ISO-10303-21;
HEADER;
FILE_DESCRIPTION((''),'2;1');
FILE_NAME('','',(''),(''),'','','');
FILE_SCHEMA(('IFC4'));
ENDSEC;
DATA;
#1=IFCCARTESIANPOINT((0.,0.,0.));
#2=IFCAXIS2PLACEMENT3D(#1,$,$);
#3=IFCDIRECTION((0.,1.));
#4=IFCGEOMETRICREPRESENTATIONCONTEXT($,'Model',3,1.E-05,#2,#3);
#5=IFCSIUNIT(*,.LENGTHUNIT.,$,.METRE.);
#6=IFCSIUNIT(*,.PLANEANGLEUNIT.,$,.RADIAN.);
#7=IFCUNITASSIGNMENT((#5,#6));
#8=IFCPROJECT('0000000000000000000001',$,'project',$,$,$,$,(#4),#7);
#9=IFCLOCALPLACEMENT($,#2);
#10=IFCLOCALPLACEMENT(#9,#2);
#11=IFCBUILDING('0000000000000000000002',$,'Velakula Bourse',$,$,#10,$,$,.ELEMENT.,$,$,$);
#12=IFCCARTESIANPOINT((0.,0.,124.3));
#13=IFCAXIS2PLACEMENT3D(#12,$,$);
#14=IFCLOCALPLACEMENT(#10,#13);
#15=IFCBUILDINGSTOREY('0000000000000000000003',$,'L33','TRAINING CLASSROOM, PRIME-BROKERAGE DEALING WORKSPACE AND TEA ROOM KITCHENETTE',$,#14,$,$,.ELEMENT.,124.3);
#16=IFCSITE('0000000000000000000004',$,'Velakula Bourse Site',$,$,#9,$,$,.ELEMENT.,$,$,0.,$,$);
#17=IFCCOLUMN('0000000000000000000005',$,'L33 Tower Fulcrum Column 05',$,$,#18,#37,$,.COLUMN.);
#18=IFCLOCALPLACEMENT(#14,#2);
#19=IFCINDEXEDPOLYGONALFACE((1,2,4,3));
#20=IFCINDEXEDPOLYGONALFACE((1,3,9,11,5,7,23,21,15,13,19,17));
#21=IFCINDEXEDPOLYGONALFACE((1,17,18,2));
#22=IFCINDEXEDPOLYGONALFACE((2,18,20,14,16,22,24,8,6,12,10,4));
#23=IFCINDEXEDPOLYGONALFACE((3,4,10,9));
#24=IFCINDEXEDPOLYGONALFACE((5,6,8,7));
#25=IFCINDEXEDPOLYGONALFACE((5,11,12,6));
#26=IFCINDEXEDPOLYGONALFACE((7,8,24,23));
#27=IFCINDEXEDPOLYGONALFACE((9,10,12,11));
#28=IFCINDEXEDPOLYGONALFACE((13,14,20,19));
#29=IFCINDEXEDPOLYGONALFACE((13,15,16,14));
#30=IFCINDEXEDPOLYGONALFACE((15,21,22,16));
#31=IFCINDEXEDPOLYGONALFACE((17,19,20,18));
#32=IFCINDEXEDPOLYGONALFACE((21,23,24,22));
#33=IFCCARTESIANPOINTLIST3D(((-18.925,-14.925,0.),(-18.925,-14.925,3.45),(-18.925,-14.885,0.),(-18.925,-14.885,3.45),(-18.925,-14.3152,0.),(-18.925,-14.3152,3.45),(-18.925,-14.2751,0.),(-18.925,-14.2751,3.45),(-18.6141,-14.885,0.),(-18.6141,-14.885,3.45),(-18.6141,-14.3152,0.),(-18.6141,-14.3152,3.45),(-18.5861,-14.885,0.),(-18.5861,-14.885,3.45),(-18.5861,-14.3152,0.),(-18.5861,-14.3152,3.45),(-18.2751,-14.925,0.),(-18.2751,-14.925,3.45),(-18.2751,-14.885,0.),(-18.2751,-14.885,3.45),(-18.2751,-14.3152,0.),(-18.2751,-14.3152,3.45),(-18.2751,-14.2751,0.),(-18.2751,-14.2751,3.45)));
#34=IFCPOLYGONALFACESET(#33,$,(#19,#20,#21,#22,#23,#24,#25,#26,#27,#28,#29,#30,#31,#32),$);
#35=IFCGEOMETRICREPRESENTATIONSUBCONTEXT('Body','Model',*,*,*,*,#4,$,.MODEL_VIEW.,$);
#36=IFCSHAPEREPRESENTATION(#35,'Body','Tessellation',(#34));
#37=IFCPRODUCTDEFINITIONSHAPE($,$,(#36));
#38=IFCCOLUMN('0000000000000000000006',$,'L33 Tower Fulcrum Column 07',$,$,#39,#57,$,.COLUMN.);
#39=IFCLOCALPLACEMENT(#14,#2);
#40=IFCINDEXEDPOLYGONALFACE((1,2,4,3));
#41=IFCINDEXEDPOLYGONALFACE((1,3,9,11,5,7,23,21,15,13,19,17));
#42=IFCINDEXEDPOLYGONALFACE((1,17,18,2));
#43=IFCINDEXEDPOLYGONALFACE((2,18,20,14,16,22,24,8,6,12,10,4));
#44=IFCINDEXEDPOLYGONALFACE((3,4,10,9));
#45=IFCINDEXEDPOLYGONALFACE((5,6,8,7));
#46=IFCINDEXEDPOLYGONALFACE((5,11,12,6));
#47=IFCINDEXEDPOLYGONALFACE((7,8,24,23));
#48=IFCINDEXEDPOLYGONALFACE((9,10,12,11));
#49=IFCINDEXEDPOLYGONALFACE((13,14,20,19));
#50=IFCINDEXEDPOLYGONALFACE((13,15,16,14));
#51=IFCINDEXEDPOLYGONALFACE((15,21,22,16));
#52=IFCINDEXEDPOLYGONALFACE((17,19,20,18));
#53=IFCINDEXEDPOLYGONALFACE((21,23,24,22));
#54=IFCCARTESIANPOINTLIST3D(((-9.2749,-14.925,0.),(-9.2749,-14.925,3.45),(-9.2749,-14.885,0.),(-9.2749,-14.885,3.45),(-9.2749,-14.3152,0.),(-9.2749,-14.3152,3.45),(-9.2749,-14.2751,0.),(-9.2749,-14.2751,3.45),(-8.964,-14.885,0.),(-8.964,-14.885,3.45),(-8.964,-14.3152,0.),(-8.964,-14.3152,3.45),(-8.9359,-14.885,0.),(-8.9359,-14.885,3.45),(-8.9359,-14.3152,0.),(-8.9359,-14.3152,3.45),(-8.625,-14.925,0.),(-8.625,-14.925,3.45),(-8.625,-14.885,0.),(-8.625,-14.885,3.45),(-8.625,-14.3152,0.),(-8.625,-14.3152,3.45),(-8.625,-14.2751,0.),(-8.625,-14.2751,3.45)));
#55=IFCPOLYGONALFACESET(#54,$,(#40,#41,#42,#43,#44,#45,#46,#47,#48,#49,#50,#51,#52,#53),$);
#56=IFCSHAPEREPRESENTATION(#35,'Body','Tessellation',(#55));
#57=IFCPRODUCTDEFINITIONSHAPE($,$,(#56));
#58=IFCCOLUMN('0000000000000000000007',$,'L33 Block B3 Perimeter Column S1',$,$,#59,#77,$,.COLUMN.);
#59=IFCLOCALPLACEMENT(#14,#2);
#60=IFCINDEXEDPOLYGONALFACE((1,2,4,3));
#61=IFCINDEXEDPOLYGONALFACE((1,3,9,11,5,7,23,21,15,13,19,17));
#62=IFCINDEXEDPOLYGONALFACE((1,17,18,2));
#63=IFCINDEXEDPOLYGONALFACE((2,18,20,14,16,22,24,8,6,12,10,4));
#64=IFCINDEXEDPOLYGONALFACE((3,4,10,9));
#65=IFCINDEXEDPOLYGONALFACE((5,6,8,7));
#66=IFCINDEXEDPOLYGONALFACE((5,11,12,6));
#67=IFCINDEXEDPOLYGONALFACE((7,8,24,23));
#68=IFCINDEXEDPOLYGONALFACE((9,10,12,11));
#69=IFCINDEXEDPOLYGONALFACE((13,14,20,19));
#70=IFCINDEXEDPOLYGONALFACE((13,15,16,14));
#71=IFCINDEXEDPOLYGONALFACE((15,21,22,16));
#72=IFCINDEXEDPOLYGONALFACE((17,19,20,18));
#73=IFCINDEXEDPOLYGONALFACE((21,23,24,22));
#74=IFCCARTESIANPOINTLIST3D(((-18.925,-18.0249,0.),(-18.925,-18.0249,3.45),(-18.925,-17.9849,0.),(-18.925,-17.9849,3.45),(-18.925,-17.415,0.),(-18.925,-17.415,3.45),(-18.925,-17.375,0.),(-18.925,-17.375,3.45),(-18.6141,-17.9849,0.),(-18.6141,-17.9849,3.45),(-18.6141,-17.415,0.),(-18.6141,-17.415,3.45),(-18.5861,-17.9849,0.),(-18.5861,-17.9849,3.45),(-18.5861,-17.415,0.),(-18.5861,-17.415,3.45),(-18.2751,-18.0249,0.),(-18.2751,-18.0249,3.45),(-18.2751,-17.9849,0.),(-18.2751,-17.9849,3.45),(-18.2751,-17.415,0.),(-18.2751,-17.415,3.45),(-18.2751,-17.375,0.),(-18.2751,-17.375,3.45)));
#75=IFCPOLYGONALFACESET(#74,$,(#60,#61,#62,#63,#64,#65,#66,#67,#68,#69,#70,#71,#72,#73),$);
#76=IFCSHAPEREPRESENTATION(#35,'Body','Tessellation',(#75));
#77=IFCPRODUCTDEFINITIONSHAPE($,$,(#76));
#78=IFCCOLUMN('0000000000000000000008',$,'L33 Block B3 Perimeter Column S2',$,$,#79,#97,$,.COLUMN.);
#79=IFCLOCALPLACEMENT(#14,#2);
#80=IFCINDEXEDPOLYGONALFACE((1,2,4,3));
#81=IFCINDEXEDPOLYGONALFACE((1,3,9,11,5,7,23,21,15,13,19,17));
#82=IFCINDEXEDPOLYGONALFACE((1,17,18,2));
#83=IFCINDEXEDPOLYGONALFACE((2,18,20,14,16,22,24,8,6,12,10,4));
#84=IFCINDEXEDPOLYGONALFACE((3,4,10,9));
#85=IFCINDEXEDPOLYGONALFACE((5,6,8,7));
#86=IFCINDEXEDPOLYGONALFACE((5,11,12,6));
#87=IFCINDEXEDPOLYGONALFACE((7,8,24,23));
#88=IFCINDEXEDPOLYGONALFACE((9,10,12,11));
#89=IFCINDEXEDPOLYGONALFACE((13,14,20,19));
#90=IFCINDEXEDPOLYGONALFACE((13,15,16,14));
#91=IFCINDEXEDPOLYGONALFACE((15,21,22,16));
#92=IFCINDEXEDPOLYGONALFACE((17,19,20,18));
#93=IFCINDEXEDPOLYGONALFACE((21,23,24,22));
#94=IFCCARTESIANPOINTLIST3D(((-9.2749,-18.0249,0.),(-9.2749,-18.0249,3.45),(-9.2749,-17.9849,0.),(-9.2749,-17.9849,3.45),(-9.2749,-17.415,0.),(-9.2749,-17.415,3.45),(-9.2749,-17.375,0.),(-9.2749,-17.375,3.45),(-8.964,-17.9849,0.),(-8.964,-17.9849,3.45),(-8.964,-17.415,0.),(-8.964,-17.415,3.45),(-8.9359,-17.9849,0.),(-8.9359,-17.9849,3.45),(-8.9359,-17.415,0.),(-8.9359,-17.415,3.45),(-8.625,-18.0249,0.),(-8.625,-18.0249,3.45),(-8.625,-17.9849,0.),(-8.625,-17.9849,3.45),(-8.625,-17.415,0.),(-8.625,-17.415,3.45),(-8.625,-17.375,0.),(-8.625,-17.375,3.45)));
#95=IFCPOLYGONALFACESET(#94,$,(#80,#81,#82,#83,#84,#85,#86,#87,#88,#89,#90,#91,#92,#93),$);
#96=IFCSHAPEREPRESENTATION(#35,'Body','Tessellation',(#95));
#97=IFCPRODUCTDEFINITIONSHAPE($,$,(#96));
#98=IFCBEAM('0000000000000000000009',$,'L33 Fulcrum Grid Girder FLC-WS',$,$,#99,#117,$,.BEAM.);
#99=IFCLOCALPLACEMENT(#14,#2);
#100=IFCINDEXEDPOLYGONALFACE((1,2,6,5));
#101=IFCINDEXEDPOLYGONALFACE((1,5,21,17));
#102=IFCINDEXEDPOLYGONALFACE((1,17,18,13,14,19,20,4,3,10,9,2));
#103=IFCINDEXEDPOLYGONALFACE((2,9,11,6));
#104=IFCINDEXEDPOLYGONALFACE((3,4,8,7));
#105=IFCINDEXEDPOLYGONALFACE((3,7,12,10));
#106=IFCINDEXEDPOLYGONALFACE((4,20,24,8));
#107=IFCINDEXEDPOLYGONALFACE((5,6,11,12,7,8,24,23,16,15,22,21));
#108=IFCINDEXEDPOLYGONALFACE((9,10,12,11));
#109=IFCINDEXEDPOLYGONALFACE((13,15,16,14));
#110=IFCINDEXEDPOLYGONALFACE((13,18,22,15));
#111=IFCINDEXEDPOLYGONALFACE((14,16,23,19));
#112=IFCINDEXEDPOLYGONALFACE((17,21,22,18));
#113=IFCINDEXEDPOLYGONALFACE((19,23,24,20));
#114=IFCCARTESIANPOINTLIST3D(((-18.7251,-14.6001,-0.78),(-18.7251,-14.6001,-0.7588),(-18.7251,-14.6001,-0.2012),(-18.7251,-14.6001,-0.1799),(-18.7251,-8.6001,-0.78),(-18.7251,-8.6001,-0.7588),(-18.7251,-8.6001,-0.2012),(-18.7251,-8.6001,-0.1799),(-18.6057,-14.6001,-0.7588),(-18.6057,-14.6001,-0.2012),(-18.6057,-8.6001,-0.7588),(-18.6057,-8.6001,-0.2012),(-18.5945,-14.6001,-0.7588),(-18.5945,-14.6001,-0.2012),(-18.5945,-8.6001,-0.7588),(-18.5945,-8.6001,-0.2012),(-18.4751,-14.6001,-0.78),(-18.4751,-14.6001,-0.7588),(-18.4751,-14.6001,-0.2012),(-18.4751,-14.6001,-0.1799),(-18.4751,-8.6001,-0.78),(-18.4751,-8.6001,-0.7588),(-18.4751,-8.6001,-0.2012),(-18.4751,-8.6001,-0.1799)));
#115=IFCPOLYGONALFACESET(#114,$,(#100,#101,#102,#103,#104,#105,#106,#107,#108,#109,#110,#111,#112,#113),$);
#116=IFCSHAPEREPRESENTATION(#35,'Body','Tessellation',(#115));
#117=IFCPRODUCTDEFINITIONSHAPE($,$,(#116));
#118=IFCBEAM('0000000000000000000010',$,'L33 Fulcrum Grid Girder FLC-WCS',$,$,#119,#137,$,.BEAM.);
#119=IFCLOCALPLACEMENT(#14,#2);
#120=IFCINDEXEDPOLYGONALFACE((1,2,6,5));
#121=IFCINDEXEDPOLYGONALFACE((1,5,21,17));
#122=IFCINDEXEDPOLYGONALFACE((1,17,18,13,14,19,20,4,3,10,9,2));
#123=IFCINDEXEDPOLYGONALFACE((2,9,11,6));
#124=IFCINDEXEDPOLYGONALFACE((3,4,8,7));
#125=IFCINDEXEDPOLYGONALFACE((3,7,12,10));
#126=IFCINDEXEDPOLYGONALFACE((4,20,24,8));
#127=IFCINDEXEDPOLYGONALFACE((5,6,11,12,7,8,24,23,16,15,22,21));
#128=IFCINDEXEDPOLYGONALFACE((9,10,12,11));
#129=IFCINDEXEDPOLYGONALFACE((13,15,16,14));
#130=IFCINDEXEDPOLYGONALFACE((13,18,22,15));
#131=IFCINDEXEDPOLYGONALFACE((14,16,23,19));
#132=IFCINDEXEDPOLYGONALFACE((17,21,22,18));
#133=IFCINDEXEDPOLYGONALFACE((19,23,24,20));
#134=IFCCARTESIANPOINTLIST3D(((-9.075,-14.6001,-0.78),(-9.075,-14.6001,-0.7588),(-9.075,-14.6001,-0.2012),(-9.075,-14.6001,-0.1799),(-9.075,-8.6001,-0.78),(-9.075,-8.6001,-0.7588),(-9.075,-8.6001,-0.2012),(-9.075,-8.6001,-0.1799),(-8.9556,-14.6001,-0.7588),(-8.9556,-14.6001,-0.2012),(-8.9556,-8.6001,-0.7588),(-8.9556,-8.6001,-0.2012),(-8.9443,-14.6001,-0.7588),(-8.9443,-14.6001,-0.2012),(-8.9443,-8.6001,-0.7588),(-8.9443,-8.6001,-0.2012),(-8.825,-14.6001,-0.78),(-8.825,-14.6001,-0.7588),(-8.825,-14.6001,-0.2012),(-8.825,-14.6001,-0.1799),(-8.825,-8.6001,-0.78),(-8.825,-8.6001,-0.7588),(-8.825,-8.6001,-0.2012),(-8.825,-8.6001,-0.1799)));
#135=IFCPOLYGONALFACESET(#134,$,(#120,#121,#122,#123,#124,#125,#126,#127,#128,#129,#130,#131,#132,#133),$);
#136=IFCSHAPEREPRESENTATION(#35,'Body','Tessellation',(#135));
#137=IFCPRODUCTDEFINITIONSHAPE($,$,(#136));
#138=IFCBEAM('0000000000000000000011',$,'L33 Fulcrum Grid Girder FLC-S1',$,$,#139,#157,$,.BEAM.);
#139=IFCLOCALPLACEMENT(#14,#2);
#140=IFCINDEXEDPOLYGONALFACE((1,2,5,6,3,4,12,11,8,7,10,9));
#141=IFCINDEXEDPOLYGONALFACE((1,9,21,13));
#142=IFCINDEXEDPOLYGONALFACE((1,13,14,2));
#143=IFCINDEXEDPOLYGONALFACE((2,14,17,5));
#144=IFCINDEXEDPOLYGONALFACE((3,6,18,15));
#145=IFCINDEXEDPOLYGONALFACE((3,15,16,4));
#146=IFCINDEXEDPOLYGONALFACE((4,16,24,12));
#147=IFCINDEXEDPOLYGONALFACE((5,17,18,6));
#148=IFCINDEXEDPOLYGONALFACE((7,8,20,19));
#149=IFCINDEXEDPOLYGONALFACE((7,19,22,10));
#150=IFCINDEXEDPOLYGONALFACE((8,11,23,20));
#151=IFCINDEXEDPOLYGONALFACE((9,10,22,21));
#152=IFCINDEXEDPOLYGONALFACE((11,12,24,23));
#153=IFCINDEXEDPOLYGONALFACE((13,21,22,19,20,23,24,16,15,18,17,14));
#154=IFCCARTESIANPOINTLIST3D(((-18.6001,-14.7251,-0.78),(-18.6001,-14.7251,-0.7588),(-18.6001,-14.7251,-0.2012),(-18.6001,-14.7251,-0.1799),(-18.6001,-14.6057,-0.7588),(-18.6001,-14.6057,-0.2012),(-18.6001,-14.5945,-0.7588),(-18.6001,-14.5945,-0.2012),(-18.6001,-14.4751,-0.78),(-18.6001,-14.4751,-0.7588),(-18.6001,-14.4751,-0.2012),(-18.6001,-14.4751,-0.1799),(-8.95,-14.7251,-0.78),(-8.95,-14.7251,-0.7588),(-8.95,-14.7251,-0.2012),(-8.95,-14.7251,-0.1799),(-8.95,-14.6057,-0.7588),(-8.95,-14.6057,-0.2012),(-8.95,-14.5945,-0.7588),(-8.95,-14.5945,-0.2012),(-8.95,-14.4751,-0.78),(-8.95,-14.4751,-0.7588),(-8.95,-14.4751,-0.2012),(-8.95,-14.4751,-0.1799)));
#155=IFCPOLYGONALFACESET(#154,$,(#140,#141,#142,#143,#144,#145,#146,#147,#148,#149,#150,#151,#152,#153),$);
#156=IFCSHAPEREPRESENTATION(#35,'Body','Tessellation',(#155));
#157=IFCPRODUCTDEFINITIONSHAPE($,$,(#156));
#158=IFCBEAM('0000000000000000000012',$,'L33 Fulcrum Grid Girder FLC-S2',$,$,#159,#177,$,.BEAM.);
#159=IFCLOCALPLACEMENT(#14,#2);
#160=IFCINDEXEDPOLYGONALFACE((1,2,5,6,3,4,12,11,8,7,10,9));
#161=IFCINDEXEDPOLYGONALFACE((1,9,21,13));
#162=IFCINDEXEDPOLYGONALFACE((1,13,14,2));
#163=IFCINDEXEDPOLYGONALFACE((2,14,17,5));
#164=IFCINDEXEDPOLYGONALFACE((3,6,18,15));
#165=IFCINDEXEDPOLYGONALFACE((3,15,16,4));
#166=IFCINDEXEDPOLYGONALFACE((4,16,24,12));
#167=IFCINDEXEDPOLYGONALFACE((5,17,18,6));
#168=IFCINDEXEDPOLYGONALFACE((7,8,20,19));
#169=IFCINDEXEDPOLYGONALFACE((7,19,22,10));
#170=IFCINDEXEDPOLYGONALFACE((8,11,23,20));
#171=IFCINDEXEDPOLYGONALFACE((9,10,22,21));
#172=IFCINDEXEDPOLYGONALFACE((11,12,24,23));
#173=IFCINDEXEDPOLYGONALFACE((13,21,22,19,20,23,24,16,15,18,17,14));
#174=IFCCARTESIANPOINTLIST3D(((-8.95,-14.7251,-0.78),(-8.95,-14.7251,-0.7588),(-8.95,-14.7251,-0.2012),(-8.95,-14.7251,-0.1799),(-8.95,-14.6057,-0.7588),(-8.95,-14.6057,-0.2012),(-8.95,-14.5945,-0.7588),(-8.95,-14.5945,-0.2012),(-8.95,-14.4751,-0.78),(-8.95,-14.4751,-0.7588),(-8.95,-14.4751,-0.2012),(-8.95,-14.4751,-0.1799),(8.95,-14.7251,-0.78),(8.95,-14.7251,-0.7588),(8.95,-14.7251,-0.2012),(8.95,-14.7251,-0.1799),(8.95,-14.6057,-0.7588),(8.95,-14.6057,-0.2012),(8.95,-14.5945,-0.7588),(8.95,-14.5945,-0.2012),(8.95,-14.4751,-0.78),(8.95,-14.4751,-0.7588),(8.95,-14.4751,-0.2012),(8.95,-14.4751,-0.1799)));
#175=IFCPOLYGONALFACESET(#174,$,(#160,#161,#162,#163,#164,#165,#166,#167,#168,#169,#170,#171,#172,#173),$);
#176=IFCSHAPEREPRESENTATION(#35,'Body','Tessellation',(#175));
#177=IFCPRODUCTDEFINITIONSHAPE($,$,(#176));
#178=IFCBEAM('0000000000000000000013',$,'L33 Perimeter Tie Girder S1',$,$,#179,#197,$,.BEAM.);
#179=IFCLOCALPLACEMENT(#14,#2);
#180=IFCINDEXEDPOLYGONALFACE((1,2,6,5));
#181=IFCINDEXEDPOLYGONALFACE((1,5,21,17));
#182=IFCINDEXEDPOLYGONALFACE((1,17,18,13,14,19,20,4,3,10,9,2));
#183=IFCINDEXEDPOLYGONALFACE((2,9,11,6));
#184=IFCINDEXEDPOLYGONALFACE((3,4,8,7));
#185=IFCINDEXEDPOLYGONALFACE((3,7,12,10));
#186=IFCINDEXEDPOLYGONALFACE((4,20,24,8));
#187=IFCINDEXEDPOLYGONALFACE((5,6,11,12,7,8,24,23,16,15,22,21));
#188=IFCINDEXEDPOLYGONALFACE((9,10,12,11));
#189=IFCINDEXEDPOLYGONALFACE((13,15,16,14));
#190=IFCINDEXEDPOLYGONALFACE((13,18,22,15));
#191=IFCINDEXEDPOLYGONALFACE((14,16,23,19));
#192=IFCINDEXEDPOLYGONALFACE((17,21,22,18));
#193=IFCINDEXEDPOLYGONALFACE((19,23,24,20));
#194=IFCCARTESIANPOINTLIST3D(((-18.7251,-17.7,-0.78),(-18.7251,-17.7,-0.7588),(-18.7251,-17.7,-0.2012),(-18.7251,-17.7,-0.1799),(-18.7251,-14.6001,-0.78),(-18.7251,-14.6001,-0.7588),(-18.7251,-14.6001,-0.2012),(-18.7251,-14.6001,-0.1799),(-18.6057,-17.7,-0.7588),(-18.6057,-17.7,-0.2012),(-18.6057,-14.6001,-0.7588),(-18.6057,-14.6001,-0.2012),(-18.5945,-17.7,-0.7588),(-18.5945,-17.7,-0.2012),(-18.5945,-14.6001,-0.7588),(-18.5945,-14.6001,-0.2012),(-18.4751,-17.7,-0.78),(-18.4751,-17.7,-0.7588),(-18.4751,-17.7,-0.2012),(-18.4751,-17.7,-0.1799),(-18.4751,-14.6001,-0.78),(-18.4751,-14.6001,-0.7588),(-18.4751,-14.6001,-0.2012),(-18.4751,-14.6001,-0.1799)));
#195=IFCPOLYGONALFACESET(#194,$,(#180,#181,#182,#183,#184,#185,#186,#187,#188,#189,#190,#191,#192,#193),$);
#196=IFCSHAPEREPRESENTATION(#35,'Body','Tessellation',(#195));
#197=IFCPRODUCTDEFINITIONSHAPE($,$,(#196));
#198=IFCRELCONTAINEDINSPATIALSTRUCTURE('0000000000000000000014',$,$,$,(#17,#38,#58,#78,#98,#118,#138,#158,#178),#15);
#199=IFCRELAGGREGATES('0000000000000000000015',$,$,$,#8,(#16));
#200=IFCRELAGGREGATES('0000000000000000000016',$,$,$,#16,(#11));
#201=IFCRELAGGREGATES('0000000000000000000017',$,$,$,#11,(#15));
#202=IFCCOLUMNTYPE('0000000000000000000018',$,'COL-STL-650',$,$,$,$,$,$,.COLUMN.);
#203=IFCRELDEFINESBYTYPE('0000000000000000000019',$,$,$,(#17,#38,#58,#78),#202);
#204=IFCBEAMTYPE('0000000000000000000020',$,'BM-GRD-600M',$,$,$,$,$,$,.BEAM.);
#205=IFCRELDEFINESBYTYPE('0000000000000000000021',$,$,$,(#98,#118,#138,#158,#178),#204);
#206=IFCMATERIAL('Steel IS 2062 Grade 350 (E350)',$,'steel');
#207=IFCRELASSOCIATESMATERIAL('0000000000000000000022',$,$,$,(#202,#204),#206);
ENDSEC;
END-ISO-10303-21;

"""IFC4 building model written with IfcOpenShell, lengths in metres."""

from ifc_helpers import new_model, si_unit, direction, frame, origin, origin_2d, place, context, subcontext, project, spatial, i_section, extrude, material, material_profile, profile_set, type_object, element, save


model = new_model("IFC4")

# Units and contexts
model_context = context("Model", 3, precision=1e-05, world=origin(), true_north=direction((0.0, 1.0)))
body_context = subcontext(model_context, "Body", "Model", "MODEL_VIEW")
ifc_project = project(units=[si_unit("LENGTHUNIT", "METRE"), si_unit("PLANEANGLEUNIT", "RADIAN")], contexts=[model_context])

# Site, building, storey
site_placement = place(None, origin())
site = spatial("IfcSite", under=ifc_project, at=site_placement, Name="Velakula Bourse Site", CompositionType="ELEMENT", RefElevation=0.0)
building_placement = place(site_placement, origin())
building = spatial("IfcBuilding", under=site, at=building_placement, Name="Velakula Bourse", CompositionType="ELEMENT")
storey_placement = place(building_placement, frame((0.0, 0.0, 124.3)))
storey = spatial("IfcBuildingStorey", under=building, at=storey_placement, Name="L33", Description="TRAINING CLASSROOM, PRIME-BROKERAGE DEALING WORKSPACE AND TEA ROOM KITCHENETTE", CompositionType="ELEMENT", Elevation=124.3)

# Columns
ifc_material_1 = material(Name="Steel IS 2062 Grade 350 (E350)", Category="steel")
ifc_material_profile_1 = material_profile(ifc_material_1, i_section(OverallWidth=0.6499, OverallDepth=0.6499, WebThickness=0.0281, FlangeThickness=0.04, at=origin_2d()), Name="Steel IS 2062 Grade 350 (E350)")
ifc_profile_set_1 = profile_set([ifc_material_profile_1], Name="Steel IS 2062 Grade 350 (E350)")
column_type = type_object("IfcColumnType", Name="COL-STL-650", PredefinedType="COLUMN", material=ifc_profile_set_1)
for number, where, z_axis, x_axis, name in (
    (1, (-18.6001, -14.6001, 0.0), (0.0, 0.0, 1.0), (1.0, 0.0, 0.0), "L33 Tower Fulcrum Column 05"),
    (2, (-8.95, -14.6001, 0.0), (0.0, 0.0, 1.0), (1.0, 0.0, 0.0), "L33 Tower Fulcrum Column 07"),
    (3, (-18.6001, -17.7, 0.0), (0.0, 0.0, 1.0), (1.0, 0.0, 0.0), "L33 Block B3 Perimeter Column S1"),
    (4, (-8.95, -17.7, 0.0), (0.0, 0.0, 1.0), (1.0, 0.0, 0.0), "L33 Block B3 Perimeter Column S2"),
):
    element("IfcColumn", number, at=place(storey_placement, frame(where, z_axis=z_axis, x_axis=x_axis)), inside=storey, type_object=column_type, Name=name, PredefinedType="COLUMN", context=body_context, shape_type="SweptSolid", body=[
        extrude(i_section(OverallWidth=0.6499, OverallDepth=0.6499, WebThickness=0.0281, FlangeThickness=0.04, at=origin_2d()), origin(), (0.0, 0.0, 1.0), 3.45),
    ])

# Beams
ifc_material_profile_2 = material_profile(ifc_material_1, i_section(OverallWidth=0.25, OverallDepth=0.6001, WebThickness=0.0112, FlangeThickness=0.0212, at=origin_2d()), Name="Steel IS 2062 Grade 350 (E350)")
ifc_profile_set_2 = profile_set([ifc_material_profile_2], Name="Steel IS 2062 Grade 350 (E350)")
beam_type_1 = type_object("IfcBeamType", Name="BM-GRD-600M", PredefinedType="BEAM", material=ifc_profile_set_2)
for number, where, z_axis, x_axis, name in (
    (5, (-18.6001, -14.6001, -0.48), (0.0, 1.0, 0.0), (-1.0, 0.0, 0.0), "L33 Fulcrum Grid Girder FLC-WS"),
    (6, (-8.95, -14.6001, -0.48), (0.0, 1.0, 0.0), (-1.0, 0.0, 0.0), "L33 Fulcrum Grid Girder FLC-WCS"),
):
    element("IfcBeam", number, at=place(storey_placement, frame(where, z_axis=z_axis, x_axis=x_axis)), inside=storey, type_object=beam_type_1, Name=name, PredefinedType="BEAM", context=body_context, shape_type="SweptSolid", body=[
        extrude(i_section(OverallWidth=0.25, OverallDepth=0.6001, WebThickness=0.0112, FlangeThickness=0.0212, at=origin_2d()), origin(), (0.0, 0.0, 1.0), 6.0),
    ])
beam_1_placement = place(storey_placement, frame((-18.6001, -14.6001, -0.48), z_axis=(1.0, 0.0, 0.0), x_axis=(0.0, 1.0, 0.0)))
element("IfcBeam", 7, at=beam_1_placement, inside=storey, type_object=beam_type_1, Name="L33 Fulcrum Grid Girder FLC-S1", PredefinedType="BEAM", context=body_context, shape_type="SweptSolid", body=[
    extrude(i_section(OverallWidth=0.25, OverallDepth=0.6001, WebThickness=0.0112, FlangeThickness=0.0212, at=origin_2d()), origin(), (0.0, 0.0, 1.0), 9.6501),
])
beam_2_placement = place(storey_placement, frame((-8.95, -14.6001, -0.48), z_axis=(1.0, 0.0, 0.0), x_axis=(0.0, 1.0, 0.0)))
element("IfcBeam", 8, at=beam_2_placement, inside=storey, type_object=beam_type_1, Name="L33 Fulcrum Grid Girder FLC-S2", PredefinedType="BEAM", context=body_context, shape_type="SweptSolid", body=[
    extrude(i_section(OverallWidth=0.25, OverallDepth=0.6001, WebThickness=0.0112, FlangeThickness=0.0212, at=origin_2d()), origin(), (0.0, 0.0, 1.0), 17.8999),
])
for number, where, z_axis, x_axis, name in (
    (9, (-18.6001, -14.6001, -0.48), (0.0, -1.0, 0.0), (1.0, 0.0, 0.0), "L33 Perimeter Tie Girder S1"),
):
    element("IfcBeam", number, at=place(storey_placement, frame(where, z_axis=z_axis, x_axis=x_axis)), inside=storey, type_object=beam_type_1, Name=name, PredefinedType="BEAM", context=body_context, shape_type="SweptSolid", body=[
        extrude(i_section(OverallWidth=0.25, OverallDepth=0.6001, WebThickness=0.0112, FlangeThickness=0.0212, at=origin_2d()), origin(), (0.0, 0.0, 1.0), 3.0999),
    ])

save(model, "model.ifc")
